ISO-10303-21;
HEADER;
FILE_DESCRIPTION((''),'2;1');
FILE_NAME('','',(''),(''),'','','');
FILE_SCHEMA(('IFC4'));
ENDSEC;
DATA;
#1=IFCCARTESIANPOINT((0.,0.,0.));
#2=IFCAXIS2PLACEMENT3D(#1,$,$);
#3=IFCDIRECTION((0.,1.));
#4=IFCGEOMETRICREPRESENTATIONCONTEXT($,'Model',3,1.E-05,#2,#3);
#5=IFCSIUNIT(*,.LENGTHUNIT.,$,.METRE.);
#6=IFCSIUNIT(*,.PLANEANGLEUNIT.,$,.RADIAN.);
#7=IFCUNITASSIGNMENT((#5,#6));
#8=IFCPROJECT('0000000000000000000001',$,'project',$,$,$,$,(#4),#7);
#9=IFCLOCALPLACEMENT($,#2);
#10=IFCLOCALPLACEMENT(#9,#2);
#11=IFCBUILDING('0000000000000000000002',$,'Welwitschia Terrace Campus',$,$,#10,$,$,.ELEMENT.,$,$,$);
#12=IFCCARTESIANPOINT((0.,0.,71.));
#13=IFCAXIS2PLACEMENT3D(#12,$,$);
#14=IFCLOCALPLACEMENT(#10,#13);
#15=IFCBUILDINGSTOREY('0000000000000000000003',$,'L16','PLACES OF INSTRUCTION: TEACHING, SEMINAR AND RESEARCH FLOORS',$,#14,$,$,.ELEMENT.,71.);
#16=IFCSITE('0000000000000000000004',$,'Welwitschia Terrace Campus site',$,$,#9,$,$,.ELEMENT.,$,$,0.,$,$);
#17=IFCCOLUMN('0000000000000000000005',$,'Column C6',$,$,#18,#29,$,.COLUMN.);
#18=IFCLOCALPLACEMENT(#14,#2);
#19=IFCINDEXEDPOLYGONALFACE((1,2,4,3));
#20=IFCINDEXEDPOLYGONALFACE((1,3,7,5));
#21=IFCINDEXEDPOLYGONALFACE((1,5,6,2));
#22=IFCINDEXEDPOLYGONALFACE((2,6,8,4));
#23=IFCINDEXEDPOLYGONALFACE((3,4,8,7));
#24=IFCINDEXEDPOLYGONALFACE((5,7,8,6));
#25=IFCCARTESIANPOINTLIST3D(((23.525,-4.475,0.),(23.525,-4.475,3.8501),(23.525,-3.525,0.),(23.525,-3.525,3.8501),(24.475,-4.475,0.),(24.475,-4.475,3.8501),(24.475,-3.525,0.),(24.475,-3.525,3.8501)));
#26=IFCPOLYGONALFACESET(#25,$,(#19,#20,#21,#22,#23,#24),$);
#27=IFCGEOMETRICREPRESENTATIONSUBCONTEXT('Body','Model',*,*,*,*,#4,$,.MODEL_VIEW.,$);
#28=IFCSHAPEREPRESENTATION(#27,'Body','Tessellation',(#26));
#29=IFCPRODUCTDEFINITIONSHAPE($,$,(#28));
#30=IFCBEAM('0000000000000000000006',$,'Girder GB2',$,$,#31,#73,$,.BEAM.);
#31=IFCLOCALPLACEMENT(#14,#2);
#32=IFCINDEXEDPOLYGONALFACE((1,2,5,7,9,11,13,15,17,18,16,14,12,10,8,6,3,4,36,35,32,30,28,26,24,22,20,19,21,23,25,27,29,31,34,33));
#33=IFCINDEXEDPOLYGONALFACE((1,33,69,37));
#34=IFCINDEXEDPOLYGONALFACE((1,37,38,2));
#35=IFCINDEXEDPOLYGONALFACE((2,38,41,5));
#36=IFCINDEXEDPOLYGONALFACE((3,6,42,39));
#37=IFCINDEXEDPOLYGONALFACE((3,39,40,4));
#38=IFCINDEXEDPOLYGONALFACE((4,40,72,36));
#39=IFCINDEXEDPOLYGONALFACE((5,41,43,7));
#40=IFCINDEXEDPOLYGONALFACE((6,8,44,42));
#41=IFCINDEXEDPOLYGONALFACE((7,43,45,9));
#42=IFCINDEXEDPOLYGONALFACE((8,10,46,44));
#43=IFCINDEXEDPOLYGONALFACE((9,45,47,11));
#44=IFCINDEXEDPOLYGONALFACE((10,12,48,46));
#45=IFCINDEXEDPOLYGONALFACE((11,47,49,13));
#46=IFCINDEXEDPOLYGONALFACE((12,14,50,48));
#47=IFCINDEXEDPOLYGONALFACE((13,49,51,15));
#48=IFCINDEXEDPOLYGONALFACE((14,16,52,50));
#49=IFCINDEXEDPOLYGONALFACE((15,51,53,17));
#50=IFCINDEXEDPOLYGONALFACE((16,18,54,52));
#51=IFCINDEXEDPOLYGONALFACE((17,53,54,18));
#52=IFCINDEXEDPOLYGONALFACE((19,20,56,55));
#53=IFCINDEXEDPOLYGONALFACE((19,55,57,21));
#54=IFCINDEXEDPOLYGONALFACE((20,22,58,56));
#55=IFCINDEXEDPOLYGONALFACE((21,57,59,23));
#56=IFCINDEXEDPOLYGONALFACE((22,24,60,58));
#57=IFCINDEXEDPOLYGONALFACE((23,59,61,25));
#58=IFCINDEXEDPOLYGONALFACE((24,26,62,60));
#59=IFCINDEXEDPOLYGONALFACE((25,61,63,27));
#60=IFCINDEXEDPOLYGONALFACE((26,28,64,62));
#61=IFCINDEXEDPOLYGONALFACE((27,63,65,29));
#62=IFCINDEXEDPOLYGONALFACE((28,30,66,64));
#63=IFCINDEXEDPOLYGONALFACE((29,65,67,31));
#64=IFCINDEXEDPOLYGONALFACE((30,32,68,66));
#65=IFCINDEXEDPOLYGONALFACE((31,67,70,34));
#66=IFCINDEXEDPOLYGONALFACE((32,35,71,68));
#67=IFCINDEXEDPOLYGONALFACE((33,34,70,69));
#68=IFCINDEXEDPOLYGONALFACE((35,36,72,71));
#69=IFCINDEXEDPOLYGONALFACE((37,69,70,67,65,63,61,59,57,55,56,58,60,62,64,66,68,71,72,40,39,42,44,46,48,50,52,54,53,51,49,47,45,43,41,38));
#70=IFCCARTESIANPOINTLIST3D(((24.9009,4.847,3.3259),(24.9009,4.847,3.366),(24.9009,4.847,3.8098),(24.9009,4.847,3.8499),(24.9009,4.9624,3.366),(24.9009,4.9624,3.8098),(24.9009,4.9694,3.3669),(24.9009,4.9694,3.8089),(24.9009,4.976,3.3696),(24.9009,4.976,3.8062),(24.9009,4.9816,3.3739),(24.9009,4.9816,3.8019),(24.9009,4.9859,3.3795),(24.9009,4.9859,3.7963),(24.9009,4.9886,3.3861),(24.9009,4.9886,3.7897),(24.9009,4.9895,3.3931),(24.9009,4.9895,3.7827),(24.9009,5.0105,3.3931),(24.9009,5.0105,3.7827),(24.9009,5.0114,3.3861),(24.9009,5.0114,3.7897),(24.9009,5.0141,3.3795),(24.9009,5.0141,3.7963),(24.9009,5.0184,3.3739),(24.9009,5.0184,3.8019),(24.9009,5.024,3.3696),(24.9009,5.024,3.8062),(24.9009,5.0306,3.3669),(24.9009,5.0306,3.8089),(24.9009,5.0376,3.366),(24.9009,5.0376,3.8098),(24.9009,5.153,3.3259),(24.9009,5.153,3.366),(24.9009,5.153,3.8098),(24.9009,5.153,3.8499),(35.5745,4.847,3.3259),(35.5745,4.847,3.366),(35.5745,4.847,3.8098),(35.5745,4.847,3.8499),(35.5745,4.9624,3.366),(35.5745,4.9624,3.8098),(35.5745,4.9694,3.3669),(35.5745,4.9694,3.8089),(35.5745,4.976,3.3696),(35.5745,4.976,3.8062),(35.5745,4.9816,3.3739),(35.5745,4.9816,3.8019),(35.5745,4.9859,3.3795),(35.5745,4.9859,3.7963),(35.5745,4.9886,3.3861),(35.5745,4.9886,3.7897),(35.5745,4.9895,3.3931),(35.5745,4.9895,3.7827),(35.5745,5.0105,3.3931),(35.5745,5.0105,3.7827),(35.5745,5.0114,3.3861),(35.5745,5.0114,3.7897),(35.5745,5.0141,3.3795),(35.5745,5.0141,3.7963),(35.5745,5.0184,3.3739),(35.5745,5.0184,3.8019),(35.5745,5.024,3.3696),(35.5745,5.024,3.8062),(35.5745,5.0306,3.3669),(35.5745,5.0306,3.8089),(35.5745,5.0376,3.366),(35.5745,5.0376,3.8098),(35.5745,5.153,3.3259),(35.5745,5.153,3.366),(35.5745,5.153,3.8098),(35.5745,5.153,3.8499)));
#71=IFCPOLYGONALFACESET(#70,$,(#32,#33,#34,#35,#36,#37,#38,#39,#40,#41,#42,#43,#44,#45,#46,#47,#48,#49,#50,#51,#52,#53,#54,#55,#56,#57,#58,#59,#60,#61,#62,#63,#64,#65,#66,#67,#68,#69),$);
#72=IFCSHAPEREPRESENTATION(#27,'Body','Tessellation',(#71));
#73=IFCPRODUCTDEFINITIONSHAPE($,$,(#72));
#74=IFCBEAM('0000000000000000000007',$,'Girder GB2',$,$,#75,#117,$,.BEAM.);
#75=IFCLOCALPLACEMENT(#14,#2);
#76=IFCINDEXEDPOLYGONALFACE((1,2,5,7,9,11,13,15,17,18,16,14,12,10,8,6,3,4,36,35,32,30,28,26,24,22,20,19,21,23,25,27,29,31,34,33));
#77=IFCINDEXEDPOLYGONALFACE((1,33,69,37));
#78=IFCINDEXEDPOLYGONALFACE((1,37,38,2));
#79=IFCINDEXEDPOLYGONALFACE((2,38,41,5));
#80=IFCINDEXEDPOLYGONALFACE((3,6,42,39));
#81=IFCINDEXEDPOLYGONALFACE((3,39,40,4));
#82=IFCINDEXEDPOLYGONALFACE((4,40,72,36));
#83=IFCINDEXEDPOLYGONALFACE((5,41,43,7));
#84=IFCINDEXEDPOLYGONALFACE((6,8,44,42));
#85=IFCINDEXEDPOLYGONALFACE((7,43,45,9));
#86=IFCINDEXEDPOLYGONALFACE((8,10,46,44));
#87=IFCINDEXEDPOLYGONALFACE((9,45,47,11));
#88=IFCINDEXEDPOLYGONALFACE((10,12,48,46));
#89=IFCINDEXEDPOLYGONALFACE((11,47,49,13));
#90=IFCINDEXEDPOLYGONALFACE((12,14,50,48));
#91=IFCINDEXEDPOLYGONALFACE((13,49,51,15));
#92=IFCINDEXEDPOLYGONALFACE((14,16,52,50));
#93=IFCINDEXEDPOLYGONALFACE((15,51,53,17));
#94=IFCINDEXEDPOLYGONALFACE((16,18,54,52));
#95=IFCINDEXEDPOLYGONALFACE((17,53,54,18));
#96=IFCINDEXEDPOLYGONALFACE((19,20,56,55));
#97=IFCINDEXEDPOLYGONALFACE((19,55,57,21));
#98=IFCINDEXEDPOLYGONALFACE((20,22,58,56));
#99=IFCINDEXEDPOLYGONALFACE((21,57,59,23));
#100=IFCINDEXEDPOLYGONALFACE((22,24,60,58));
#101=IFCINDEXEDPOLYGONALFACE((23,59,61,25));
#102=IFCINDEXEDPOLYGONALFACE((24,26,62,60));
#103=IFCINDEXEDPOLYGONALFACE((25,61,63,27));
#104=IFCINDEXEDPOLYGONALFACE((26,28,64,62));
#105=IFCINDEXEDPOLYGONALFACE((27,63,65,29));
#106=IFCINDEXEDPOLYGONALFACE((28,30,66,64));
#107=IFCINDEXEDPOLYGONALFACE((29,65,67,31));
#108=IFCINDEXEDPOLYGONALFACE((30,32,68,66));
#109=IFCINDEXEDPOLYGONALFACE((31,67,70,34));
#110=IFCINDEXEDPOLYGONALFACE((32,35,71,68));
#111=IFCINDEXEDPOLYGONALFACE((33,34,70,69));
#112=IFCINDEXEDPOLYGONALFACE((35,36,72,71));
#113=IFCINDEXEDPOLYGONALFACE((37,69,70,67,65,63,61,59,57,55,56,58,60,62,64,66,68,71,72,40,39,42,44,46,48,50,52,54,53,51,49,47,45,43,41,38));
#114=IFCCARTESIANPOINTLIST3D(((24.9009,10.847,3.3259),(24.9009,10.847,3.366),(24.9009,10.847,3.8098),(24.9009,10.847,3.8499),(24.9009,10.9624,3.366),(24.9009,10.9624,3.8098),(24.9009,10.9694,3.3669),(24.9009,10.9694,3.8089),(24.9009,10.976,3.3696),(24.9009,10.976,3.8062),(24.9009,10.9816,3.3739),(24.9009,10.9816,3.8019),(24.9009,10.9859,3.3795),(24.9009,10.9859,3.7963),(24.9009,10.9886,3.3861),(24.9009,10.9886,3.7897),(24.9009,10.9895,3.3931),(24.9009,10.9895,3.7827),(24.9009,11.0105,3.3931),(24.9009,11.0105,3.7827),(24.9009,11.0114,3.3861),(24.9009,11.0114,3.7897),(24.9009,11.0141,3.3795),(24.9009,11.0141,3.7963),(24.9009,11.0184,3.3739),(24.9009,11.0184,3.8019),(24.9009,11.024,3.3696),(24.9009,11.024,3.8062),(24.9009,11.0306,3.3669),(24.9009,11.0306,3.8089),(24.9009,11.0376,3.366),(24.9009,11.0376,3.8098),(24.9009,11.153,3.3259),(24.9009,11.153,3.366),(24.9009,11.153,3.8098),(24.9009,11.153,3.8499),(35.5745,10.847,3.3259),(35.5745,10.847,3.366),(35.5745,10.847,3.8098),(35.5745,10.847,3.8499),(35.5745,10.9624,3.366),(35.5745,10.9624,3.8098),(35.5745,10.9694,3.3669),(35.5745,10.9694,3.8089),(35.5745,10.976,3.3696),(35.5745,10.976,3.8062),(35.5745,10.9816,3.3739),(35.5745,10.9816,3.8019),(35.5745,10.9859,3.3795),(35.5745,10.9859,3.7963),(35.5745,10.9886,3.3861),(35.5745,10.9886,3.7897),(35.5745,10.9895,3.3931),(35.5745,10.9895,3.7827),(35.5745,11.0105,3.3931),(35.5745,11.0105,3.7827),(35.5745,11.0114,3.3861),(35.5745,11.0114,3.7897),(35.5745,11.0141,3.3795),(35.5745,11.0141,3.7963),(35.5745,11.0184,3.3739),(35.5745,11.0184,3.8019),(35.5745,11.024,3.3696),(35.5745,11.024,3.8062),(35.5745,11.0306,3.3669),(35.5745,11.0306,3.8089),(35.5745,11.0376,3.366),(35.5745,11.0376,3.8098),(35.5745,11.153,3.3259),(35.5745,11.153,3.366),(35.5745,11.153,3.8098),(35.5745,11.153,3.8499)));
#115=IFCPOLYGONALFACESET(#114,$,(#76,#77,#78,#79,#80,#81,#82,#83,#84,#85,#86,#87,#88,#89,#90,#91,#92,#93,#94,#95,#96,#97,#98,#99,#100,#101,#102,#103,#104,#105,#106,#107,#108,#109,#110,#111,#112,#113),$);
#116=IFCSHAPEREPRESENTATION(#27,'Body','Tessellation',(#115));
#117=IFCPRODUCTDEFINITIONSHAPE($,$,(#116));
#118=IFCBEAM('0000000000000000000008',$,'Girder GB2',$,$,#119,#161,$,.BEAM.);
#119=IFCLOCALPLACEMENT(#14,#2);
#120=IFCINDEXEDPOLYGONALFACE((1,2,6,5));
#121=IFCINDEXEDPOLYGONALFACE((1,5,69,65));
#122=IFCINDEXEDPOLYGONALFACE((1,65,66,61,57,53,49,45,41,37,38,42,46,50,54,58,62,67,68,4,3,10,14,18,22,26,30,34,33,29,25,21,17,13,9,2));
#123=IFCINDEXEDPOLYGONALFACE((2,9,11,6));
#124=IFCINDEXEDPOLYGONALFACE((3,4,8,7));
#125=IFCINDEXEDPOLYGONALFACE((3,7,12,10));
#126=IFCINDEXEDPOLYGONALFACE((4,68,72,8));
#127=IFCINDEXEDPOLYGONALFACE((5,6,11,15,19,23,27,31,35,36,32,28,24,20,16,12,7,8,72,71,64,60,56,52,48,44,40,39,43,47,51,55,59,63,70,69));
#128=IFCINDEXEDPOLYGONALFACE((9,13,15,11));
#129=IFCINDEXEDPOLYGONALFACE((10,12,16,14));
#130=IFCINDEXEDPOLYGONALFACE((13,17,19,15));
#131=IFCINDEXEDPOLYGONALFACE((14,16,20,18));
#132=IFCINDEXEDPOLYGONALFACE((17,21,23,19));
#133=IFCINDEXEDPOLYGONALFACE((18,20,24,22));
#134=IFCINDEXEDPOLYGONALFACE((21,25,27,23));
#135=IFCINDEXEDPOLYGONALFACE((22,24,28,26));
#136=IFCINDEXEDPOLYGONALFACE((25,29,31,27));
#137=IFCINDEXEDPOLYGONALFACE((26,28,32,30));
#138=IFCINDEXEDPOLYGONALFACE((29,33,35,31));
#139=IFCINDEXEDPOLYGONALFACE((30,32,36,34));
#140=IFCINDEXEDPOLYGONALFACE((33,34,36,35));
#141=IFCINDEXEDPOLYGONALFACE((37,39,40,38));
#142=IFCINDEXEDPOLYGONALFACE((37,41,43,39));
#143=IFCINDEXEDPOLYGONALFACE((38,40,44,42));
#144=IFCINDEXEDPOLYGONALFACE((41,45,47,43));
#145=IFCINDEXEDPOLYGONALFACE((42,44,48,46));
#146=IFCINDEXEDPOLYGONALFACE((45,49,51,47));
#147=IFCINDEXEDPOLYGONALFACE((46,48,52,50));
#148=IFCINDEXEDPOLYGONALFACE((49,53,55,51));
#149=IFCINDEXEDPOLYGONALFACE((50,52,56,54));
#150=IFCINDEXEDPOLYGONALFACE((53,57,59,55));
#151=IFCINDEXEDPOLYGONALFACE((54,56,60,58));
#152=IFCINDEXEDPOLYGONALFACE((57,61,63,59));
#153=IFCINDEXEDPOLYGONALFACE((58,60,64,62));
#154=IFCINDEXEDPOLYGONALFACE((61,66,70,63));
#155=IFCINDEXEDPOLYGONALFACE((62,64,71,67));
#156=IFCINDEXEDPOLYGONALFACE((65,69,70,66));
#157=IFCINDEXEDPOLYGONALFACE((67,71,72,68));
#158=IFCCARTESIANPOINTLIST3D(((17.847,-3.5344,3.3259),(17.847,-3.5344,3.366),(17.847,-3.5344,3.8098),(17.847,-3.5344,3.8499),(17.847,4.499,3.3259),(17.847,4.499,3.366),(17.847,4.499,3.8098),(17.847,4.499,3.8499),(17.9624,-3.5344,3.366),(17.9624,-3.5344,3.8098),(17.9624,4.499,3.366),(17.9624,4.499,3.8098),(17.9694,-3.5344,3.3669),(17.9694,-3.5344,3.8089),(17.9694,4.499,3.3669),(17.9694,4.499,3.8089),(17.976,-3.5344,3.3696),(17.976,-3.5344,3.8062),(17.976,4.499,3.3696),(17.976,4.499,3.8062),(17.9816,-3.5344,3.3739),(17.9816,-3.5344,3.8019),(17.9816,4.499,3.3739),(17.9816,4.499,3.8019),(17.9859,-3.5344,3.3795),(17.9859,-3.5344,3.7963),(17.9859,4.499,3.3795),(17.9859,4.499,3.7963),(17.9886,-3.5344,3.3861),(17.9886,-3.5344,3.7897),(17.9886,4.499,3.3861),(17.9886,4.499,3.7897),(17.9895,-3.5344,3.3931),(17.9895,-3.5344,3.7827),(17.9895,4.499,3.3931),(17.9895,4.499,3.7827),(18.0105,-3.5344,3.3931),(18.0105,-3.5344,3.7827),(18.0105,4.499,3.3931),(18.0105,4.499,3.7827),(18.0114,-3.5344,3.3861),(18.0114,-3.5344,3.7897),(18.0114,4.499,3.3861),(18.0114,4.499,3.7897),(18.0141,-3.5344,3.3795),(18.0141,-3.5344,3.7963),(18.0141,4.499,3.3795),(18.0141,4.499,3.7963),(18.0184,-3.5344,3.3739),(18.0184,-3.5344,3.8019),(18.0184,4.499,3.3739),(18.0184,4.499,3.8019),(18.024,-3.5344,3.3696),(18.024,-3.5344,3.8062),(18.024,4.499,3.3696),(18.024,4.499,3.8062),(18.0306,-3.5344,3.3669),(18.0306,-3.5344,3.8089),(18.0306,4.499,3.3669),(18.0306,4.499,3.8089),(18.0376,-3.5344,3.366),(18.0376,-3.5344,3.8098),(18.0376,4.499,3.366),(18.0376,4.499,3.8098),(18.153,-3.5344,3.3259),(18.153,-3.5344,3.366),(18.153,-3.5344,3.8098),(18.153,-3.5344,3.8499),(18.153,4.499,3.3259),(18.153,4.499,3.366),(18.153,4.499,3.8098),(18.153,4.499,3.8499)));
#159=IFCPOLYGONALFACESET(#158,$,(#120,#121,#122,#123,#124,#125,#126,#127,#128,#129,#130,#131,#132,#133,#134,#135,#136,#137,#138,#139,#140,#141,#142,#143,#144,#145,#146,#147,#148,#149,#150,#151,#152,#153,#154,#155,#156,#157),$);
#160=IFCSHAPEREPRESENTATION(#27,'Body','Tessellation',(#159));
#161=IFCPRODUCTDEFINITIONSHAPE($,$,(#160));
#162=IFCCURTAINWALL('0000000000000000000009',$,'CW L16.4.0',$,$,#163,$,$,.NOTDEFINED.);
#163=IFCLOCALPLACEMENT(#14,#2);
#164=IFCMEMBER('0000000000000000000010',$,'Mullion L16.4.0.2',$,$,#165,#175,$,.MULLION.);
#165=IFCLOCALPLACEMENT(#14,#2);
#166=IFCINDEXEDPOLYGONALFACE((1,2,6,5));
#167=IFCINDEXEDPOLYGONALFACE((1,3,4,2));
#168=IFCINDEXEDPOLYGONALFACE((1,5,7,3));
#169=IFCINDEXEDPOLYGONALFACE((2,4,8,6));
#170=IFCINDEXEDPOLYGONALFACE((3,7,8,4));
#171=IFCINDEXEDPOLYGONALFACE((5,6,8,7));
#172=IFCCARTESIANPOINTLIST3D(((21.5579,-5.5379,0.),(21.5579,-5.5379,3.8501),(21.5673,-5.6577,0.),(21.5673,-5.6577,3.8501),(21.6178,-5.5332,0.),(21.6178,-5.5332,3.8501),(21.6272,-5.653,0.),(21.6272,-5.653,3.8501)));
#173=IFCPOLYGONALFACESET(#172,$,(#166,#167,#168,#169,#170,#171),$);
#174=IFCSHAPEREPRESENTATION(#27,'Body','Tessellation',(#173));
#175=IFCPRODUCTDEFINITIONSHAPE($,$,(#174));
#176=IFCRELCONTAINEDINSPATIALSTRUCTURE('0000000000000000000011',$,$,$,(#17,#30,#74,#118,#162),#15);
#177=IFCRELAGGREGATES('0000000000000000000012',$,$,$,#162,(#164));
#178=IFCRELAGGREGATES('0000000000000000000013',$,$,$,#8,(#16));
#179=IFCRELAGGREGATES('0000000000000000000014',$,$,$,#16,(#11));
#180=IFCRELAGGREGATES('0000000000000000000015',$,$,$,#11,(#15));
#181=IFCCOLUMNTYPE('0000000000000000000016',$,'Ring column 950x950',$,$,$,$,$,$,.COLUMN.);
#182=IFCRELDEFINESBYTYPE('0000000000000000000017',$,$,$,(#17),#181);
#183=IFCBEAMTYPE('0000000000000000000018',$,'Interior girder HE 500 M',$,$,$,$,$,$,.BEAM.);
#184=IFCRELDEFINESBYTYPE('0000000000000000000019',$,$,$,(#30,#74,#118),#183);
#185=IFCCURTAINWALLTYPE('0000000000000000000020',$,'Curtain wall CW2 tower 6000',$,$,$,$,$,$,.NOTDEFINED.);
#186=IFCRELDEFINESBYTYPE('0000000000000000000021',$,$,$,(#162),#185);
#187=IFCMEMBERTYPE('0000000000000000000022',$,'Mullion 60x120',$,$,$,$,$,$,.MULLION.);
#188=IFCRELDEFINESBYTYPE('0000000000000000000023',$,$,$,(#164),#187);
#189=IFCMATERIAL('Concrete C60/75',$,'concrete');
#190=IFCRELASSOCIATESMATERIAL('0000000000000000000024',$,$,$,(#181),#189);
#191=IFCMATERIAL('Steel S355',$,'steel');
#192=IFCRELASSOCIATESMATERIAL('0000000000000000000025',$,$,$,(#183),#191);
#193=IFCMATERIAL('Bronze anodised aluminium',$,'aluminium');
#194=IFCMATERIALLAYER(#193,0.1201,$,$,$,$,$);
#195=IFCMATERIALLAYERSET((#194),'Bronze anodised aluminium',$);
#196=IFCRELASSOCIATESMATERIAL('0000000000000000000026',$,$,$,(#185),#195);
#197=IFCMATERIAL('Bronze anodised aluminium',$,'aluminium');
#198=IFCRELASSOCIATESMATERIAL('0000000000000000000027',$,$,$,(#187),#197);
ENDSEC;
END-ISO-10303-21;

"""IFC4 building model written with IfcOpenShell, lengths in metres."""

from ifc_helpers import new_model, si_unit, direction, frame, origin, origin_2d, place, context, subcontext, project, spatial, rectangle, i_section, extrude, material, layer, layer_set, material_profile, profile_set, type_object, element, aggregate, save


model = new_model("IFC4")

# Units and contexts
model_context = context("Model", 3, precision=1e-05, world=origin(), true_north=direction((0.0, 1.0)))
body_context = subcontext(model_context, "Body", "Model", "MODEL_VIEW")
ifc_project = project(units=[si_unit("LENGTHUNIT", "METRE"), si_unit("PLANEANGLEUNIT", "RADIAN")], contexts=[model_context])

# Site, building, storey
site_placement = place(None, origin())
site = spatial("IfcSite", under=ifc_project, at=site_placement, Name="Welwitschia Terrace Campus site", CompositionType="ELEMENT", RefElevation=0.0)
building_placement = place(site_placement, origin())
building = spatial("IfcBuilding", under=site, at=building_placement, Name="Welwitschia Terrace Campus", CompositionType="ELEMENT")
storey_placement = place(building_placement, frame((0.0, 0.0, 71.0)))
storey = spatial("IfcBuildingStorey", under=building, at=storey_placement, Name="L16", Description="PLACES OF INSTRUCTION: TEACHING, SEMINAR AND RESEARCH FLOORS", CompositionType="ELEMENT", Elevation=71.0)

# Column
ifc_material_1 = material(Name="Concrete C60/75", Category="concrete")
ifc_material_profile_1 = material_profile(ifc_material_1, rectangle(XDim=0.95, YDim=0.95, at=origin_2d()))
ifc_profile_set_1 = profile_set([ifc_material_profile_1], Name="Concrete C60/75")
column_type = type_object("IfcColumnType", Name="Ring column 950x950", PredefinedType="COLUMN", material=ifc_profile_set_1)
column_placement = place(storey_placement, frame((24.0, -4.0, 0.0), z_axis=(0.0, 0.0, 1.0), x_axis=(1.0, 0.0, 0.0)))
element("IfcColumn", 1, at=column_placement, inside=storey, type_object=column_type, Name="Column C6", PredefinedType="COLUMN", context=body_context, shape_type="SweptSolid", body=[
    extrude(rectangle(XDim=0.95, YDim=0.95, at=origin_2d()), origin(), (0.0, 0.0, 1.0), 3.8501),
])

# Beams
ifc_material_2 = material(Name="Steel S355", Category="steel")
ifc_material_profile_2 = material_profile(ifc_material_2, i_section(OverallWidth=0.3059, OverallDepth=0.5239, WebThickness=0.021, FlangeThickness=0.04, FilletRadius=0.0271, at=origin_2d()))
ifc_profile_set_2 = profile_set([ifc_material_profile_2], Name="Steel S355")
beam_type_1 = type_object("IfcBeamType", Name="Interior girder HE 500 M", PredefinedType="BEAM", material=ifc_profile_set_2)
for number, where, z_axis, x_axis, name in (
    (2, (24.9009, 5.0, 3.5879), (1.0, 0.0, 0.0), (0.0, 1.0, 0.0), "Girder GB2"),
    (3, (24.9009, 11.0, 3.5879), (1.0, 0.0, 0.0), (0.0, 1.0, 0.0), "Girder GB2"),
):
    element("IfcBeam", number, at=place(storey_placement, frame(where, z_axis=z_axis, x_axis=x_axis)), inside=storey, type_object=beam_type_1, Name=name, PredefinedType="BEAM", context=body_context, shape_type="SweptSolid", body=[
        extrude(i_section(OverallWidth=0.3059, OverallDepth=0.5239, WebThickness=0.021, FlangeThickness=0.04, FilletRadius=0.0271, at=origin_2d()), origin(), (0.0, 0.0, 1.0), 10.6736),
    ])
beam_1_placement = place(storey_placement, frame((18.0, -3.5344, 3.5879), z_axis=(0.0, 1.0, 0.0), x_axis=(-1.0, 0.0, 0.0)))
element("IfcBeam", 4, at=beam_1_placement, inside=storey, type_object=beam_type_1, Name="Girder GB2", PredefinedType="BEAM", context=body_context, shape_type="SweptSolid", body=[
    extrude(i_section(OverallWidth=0.3059, OverallDepth=0.5239, WebThickness=0.021, FlangeThickness=0.04, FilletRadius=0.0271, at=origin_2d()), origin(), (0.0, 0.0, 1.0), 8.0334),
])

# Curtain wall, member
ifc_material_3 = material(Name="Bronze anodised aluminium", Category="aluminium")
ifc_layer_1 = layer(ifc_material_3, 0.1201)
ifc_layer_set_1 = layer_set([ifc_layer_1], Name="Bronze anodised aluminium")
curtain_wall_type = type_object("IfcCurtainWallType", Name="Curtain wall CW2 tower 6000", PredefinedType="NOTDEFINED", material=ifc_layer_set_1)
curtain_wall_placement = place(storey_placement, origin())
curtain_wall = element("IfcCurtainWall", 5, at=curtain_wall_placement, inside=storey, type_object=curtain_wall_type, Name="CW L16.4.0", PredefinedType="NOTDEFINED")
ifc_material_4 = material(Name="Bronze anodised aluminium", Category="aluminium")
ifc_material_profile_3 = material_profile(ifc_material_4, rectangle(XDim=0.1201, YDim=0.0601, at=origin_2d()))
ifc_profile_set_3 = profile_set([ifc_material_profile_3], Name="Bronze anodised aluminium")
member_type = type_object("IfcMemberType", Name="Mullion 60x120", PredefinedType="MULLION", material=ifc_profile_set_3)
member_placement = place(storey_placement, frame((21.5925, -5.5955, 0.0), z_axis=(0.0, 0.0, 1.0), x_axis=(-0.078459, 0.996917, 0.0)))
member = element("IfcMember", 6, at=member_placement, type_object=member_type, Name="Mullion L16.4.0.2", PredefinedType="MULLION", context=body_context, shape_type="SweptSolid", body=[
    extrude(rectangle(XDim=0.1201, YDim=0.0601, at=origin_2d()), origin(), (0.0, 0.0, 1.0), 3.8501),
])

aggregate(curtain_wall, [member])

save(model, "model.ifc")
